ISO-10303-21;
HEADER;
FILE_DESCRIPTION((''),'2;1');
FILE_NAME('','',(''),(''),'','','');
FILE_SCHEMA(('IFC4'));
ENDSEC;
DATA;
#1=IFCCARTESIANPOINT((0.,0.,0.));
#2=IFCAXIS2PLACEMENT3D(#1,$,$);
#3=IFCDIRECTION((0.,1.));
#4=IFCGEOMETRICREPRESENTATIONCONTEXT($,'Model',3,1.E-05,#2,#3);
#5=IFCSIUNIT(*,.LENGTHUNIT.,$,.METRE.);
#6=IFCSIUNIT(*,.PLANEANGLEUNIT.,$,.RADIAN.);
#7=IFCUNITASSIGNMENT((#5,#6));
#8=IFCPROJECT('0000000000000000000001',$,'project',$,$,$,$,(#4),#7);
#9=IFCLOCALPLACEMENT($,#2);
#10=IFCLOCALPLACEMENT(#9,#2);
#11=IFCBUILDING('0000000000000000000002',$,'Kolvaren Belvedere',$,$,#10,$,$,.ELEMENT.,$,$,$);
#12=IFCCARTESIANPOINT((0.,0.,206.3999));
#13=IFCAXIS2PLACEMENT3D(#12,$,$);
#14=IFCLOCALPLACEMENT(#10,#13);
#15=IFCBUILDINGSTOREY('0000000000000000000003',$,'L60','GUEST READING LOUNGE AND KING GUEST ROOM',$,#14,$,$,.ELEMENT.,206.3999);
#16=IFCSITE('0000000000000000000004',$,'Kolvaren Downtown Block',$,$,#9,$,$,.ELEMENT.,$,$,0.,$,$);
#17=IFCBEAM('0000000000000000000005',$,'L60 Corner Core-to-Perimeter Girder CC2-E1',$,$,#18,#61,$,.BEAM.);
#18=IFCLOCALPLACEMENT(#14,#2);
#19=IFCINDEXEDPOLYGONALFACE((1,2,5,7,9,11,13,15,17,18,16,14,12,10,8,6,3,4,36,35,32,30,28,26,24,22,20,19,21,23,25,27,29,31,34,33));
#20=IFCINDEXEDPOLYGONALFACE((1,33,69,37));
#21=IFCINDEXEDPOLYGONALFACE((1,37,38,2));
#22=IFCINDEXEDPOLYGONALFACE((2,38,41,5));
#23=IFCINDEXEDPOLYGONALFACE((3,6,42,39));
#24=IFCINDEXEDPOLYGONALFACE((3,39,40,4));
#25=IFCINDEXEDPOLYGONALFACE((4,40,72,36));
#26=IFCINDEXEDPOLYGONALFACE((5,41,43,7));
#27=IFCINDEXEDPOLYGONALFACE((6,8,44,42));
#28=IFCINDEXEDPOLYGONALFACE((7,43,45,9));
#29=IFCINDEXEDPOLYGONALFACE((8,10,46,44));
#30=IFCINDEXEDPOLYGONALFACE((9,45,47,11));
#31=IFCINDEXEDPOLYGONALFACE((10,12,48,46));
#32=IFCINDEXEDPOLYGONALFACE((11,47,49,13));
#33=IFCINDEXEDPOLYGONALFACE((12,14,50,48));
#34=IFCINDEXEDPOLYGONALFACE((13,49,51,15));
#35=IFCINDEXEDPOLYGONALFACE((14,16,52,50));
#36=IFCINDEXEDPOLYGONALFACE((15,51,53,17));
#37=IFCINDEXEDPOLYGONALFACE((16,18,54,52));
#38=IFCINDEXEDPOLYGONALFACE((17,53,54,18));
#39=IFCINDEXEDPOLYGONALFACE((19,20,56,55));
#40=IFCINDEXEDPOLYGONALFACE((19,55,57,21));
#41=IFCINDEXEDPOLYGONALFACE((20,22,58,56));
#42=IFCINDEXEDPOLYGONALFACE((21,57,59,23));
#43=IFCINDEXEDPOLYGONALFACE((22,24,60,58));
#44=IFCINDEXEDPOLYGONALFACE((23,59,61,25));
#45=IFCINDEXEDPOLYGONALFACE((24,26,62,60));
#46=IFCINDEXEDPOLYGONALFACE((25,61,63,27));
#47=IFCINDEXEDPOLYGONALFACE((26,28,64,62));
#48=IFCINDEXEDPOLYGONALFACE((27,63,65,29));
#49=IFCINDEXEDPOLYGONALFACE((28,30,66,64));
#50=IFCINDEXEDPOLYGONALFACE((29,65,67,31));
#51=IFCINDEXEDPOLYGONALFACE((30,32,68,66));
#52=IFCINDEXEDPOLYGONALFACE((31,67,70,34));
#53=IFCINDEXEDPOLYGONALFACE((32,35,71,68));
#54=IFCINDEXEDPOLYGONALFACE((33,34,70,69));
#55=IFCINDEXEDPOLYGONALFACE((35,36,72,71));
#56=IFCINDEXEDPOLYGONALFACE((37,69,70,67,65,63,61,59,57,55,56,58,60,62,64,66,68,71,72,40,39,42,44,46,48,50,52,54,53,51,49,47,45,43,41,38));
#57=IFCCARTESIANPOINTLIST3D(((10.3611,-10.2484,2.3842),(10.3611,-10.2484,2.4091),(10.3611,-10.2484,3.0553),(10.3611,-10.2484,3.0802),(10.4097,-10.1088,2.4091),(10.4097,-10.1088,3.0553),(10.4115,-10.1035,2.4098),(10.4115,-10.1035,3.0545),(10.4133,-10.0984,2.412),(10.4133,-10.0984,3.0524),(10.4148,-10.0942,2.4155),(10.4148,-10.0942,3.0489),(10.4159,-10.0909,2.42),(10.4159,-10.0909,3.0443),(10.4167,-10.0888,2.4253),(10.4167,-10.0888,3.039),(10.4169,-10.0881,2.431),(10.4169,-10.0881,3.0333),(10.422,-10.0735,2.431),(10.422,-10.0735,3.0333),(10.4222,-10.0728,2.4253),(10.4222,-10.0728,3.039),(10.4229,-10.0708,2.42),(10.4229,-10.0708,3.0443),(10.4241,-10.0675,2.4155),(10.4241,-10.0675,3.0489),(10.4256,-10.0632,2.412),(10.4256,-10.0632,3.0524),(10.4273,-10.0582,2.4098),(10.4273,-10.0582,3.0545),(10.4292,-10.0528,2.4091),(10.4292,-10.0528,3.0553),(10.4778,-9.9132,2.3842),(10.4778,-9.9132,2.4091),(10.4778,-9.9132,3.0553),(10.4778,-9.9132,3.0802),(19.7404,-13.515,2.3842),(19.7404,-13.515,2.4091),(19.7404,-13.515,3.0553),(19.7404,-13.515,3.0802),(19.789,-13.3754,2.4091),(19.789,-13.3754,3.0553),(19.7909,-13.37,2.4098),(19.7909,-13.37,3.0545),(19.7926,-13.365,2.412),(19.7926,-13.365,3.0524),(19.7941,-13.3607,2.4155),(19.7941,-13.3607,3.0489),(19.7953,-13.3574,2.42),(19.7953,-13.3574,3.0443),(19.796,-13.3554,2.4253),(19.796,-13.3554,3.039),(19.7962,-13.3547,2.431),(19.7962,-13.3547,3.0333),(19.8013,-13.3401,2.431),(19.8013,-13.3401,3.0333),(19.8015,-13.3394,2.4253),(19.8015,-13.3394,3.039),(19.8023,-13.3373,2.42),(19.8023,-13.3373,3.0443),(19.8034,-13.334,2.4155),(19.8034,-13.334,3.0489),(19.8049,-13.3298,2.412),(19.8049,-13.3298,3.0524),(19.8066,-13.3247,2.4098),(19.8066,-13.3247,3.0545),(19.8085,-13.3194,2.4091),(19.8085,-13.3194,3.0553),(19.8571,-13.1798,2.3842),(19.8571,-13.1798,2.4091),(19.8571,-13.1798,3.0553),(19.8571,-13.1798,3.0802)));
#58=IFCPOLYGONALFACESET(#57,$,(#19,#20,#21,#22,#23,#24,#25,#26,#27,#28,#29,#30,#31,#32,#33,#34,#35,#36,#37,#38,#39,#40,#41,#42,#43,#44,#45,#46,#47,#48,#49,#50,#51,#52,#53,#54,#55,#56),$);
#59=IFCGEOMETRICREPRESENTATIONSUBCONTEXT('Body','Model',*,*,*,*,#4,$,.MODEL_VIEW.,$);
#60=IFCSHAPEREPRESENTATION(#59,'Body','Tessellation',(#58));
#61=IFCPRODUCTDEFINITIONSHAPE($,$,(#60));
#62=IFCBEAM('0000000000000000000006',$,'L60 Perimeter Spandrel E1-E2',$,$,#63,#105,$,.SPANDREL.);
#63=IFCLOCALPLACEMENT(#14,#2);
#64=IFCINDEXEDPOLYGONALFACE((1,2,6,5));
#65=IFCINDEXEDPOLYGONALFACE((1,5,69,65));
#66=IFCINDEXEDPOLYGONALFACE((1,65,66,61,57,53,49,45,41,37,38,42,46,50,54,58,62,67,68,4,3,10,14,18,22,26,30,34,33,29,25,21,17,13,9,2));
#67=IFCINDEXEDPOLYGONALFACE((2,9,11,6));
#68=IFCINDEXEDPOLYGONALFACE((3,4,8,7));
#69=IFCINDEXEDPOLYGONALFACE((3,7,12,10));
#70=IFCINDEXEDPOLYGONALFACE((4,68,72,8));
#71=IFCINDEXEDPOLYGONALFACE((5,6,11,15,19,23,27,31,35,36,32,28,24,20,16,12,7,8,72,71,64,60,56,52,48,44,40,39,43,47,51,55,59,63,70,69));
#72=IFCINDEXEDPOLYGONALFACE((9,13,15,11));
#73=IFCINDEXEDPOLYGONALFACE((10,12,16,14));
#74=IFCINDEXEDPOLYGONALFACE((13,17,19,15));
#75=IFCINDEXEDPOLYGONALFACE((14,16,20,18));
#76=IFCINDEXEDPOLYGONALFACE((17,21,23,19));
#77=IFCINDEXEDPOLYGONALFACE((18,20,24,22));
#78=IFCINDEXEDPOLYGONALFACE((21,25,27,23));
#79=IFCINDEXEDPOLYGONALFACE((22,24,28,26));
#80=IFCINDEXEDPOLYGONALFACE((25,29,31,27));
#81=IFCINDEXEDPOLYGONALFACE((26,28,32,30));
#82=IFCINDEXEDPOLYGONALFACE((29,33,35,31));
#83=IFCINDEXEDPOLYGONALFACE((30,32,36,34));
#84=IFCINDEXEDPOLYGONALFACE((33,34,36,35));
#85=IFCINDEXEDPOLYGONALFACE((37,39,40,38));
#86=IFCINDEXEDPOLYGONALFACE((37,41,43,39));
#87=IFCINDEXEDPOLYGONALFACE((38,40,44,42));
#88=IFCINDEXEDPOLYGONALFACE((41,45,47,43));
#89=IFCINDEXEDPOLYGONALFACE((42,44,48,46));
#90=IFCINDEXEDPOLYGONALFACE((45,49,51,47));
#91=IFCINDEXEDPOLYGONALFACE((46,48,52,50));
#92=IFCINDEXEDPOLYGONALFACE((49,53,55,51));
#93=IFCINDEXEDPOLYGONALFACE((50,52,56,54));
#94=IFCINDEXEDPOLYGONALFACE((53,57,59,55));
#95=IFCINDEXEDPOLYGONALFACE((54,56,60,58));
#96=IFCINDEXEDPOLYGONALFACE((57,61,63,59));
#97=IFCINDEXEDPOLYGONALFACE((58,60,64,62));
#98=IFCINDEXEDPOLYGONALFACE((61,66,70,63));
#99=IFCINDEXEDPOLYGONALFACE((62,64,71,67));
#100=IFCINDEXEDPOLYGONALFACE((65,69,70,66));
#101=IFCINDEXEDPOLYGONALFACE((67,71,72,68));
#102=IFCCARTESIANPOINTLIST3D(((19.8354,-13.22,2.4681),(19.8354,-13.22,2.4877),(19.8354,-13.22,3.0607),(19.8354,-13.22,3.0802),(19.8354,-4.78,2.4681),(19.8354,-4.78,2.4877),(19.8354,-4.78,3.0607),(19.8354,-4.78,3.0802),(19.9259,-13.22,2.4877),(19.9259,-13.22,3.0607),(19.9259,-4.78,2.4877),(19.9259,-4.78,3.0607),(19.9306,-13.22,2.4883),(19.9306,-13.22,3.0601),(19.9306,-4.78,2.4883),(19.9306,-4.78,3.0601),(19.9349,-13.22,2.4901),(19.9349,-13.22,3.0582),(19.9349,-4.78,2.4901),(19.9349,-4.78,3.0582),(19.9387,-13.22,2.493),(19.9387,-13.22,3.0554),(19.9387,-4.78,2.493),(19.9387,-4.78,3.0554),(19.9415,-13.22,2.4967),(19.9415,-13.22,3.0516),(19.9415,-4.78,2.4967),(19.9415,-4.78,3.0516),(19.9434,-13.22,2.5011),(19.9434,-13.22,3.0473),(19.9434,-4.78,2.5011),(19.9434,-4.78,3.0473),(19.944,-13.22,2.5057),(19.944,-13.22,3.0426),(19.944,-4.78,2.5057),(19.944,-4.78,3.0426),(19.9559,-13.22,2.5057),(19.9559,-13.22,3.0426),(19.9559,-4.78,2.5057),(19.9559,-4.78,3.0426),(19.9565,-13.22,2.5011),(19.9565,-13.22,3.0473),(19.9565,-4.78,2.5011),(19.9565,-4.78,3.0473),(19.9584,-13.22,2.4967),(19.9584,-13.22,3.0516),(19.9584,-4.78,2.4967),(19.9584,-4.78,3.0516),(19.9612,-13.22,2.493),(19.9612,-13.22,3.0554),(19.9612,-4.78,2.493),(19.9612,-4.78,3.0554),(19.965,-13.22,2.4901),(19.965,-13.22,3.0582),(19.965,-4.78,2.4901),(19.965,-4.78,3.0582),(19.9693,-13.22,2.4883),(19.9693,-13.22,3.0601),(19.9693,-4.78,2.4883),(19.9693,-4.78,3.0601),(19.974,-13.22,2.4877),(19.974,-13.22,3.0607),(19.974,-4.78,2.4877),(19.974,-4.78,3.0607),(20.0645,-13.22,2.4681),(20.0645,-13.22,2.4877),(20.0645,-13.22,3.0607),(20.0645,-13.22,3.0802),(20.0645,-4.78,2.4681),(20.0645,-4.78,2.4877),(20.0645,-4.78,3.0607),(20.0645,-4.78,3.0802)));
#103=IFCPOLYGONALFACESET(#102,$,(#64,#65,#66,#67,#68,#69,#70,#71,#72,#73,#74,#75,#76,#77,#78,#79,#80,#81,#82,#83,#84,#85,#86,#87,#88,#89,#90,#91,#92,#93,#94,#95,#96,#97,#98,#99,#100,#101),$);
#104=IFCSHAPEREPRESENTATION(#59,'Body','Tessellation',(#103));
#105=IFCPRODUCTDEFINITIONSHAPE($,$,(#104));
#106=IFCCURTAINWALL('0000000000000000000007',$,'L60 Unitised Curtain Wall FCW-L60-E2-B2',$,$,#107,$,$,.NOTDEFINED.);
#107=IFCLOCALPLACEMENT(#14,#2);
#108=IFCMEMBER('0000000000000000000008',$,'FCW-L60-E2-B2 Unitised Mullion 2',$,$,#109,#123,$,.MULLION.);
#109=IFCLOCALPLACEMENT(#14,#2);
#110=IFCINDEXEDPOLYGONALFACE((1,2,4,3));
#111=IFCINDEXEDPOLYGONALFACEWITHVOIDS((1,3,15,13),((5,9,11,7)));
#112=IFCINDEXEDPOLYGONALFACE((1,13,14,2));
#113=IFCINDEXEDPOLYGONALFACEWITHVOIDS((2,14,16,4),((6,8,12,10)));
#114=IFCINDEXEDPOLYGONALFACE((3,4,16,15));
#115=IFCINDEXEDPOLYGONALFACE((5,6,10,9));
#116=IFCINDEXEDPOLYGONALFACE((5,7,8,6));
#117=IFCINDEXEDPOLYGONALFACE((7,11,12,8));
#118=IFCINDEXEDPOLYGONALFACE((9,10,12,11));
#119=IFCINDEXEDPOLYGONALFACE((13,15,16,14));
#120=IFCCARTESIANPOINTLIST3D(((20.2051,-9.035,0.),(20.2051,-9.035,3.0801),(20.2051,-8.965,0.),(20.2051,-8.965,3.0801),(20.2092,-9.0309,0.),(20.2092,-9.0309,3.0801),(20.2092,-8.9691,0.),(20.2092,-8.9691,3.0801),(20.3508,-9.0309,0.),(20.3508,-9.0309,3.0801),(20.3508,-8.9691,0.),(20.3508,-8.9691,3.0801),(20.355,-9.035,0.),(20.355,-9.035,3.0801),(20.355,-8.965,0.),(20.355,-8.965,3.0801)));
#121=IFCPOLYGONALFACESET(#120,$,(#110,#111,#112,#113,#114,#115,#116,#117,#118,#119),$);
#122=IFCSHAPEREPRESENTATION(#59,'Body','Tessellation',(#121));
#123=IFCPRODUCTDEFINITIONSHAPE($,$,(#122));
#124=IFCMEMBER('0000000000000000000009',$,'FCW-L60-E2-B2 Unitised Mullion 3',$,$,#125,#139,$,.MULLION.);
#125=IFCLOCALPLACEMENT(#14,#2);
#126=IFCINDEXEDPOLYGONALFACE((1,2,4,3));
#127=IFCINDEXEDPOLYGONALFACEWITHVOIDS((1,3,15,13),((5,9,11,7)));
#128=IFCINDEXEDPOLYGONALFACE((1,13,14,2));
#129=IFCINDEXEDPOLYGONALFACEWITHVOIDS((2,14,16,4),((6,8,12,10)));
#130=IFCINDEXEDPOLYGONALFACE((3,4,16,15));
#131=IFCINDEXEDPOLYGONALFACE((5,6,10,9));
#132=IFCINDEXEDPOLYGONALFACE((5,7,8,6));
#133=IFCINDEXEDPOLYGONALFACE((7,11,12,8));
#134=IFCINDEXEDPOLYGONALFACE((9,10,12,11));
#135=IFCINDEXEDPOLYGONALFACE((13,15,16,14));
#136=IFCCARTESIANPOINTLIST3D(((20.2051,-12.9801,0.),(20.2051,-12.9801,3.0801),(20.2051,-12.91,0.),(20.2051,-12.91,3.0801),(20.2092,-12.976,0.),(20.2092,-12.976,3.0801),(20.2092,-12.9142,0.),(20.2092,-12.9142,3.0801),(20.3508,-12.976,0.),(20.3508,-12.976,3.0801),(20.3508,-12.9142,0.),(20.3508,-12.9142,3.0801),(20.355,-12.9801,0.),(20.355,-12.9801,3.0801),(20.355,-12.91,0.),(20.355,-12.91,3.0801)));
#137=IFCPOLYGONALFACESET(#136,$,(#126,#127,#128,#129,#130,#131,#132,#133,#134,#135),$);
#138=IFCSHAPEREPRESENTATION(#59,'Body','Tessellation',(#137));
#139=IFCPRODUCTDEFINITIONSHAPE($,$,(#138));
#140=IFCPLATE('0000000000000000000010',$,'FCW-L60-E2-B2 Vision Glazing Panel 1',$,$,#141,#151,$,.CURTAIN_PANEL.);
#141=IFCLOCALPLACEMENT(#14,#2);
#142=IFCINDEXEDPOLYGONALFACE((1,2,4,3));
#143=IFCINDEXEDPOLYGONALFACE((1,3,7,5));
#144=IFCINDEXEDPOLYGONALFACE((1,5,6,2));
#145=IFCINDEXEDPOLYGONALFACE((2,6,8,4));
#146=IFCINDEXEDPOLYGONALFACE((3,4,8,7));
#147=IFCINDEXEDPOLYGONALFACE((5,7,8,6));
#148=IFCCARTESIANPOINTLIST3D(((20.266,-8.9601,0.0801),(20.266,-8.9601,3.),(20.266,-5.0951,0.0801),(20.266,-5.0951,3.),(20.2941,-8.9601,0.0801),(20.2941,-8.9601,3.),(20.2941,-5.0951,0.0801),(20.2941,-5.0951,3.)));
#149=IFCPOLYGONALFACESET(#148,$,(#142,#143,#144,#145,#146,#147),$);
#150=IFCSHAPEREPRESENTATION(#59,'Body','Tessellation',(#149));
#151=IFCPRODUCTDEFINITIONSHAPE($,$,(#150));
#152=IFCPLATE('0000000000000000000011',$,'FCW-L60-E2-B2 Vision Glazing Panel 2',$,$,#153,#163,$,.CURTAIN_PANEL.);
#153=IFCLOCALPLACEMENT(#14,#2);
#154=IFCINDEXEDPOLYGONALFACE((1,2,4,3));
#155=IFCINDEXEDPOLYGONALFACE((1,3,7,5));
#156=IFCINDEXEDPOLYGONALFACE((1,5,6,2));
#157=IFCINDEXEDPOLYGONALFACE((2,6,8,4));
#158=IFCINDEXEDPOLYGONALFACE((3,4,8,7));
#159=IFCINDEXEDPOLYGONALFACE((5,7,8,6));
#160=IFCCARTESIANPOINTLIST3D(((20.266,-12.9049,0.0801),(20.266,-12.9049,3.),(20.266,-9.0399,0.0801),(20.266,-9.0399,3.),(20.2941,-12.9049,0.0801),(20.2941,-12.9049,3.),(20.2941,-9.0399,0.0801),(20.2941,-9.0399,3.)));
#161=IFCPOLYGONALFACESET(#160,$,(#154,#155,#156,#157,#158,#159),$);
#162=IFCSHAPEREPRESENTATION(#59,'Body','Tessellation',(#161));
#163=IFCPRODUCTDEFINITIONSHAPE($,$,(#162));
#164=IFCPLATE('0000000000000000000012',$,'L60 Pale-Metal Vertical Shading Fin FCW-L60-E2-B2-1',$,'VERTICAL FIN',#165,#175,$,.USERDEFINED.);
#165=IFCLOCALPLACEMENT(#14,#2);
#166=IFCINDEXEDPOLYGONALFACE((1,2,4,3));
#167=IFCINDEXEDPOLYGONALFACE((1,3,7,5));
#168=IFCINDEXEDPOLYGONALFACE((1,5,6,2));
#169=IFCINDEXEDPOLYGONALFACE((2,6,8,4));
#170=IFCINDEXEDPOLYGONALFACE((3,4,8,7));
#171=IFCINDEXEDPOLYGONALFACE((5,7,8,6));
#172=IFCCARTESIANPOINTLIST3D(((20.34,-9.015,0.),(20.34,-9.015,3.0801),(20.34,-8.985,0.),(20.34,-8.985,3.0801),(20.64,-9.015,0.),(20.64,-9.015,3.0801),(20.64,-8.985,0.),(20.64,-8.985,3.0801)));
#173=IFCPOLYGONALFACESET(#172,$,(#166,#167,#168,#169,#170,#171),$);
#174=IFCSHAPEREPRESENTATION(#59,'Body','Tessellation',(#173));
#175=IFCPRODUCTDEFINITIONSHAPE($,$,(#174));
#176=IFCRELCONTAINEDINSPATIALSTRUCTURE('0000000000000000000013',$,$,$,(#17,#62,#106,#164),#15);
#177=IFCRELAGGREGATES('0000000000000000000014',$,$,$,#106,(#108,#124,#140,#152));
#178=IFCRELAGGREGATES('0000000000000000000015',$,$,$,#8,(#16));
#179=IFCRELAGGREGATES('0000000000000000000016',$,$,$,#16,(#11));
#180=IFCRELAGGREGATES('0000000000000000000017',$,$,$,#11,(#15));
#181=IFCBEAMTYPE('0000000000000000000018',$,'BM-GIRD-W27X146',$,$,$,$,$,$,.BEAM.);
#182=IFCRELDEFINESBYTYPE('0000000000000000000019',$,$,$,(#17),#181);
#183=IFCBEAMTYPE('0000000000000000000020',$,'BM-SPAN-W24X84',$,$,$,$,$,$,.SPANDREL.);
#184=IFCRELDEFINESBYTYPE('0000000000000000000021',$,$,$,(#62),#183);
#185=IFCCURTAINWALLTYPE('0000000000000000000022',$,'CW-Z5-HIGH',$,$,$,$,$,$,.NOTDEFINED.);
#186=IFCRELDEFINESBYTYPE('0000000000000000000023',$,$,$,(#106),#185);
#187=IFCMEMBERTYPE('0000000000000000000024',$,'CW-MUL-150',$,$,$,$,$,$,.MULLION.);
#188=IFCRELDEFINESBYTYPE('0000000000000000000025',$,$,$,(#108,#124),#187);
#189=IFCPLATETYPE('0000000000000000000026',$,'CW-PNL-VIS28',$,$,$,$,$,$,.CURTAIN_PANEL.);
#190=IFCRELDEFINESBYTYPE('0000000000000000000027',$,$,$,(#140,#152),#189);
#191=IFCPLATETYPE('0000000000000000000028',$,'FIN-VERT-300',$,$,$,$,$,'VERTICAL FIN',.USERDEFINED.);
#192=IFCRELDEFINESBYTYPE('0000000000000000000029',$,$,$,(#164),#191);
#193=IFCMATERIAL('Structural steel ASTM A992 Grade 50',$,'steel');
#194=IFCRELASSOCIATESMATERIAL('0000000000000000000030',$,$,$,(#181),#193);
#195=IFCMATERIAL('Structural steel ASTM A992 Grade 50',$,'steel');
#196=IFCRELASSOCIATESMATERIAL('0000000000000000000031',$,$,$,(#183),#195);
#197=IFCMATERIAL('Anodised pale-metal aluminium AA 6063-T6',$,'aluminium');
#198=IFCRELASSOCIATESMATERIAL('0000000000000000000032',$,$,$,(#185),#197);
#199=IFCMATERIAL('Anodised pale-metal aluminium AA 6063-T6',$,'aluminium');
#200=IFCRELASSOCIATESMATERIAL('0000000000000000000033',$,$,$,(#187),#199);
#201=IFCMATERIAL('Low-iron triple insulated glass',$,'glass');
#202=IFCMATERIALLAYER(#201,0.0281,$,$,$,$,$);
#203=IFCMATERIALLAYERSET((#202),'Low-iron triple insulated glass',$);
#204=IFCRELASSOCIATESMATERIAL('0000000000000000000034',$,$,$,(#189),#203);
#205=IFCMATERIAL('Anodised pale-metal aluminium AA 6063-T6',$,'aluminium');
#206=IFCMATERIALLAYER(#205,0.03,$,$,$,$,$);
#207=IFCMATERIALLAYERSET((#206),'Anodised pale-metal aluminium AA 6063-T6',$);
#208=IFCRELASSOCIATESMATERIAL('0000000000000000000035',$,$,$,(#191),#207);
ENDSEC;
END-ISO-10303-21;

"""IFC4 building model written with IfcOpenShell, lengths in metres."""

from ifc_helpers import new_model, si_unit, direction, frame, origin, origin_2d, place, context, subcontext, project, spatial, rectangle, hollow_rectangle, i_section, extrude, material, layer, layer_set, material_profile, profile_set, type_object, element, aggregate, save


model = new_model("IFC4")

# Units and contexts
model_context = context("Model", 3, precision=1e-05, world=origin(), true_north=direction((0.0, 1.0)))
body_context = subcontext(model_context, "Body", "Model", "MODEL_VIEW")
ifc_project = project(units=[si_unit("LENGTHUNIT", "METRE"), si_unit("PLANEANGLEUNIT", "RADIAN")], contexts=[model_context])

# Site, building, storey
site_placement = place(None, origin())
site = spatial("IfcSite", under=ifc_project, at=site_placement, Name="Kolvaren Downtown Block", CompositionType="ELEMENT", RefElevation=0.0)
building_placement = place(site_placement, origin())
building = spatial("IfcBuilding", under=site, at=building_placement, Name="Kolvaren Belvedere", CompositionType="ELEMENT")
storey_placement = place(building_placement, frame((0.0, 0.0, 206.3999)))
storey = spatial("IfcBuildingStorey", under=building, at=storey_placement, Name="L60", Description="GUEST READING LOUNGE AND KING GUEST ROOM", CompositionType="ELEMENT", Elevation=206.3999)

# Beams
ifc_material_1 = material(Name="Structural steel ASTM A992 Grade 50", Category="steel")
ifc_material_profile_1 = material_profile(ifc_material_1, i_section(OverallWidth=0.355, OverallDepth=0.696, WebThickness=0.0154, FlangeThickness=0.0249, FilletRadius=0.022, at=origin_2d()), Name="W27X146")
ifc_profile_set_1 = profile_set([ifc_material_profile_1], Name="Structural steel ASTM A992 Grade 50")
beam_type_1 = type_object("IfcBeamType", Name="BM-GIRD-W27X146", PredefinedType="BEAM", material=ifc_profile_set_1)
beam_1_placement = place(storey_placement, frame((10.4194, -10.0808, 2.7322), z_axis=(0.944365, -0.328898, 0.0), x_axis=(0.328898, 0.944365, 0.0)))
element("IfcBeam", 1, at=beam_1_placement, inside=storey, type_object=beam_type_1, Name="L60 Corner Core-to-Perimeter Girder CC2-E1", PredefinedType="BEAM", context=body_context, shape_type="SweptSolid", body=[
    extrude(i_section(OverallWidth=0.355, OverallDepth=0.696, WebThickness=0.0154, FlangeThickness=0.0249, FilletRadius=0.022, at=origin_2d()), origin(), (0.0, 0.0, 1.0), 9.9319),
])
ifc_material_2 = material(Name="Structural steel ASTM A992 Grade 50", Category="steel")
ifc_material_profile_2 = material_profile(ifc_material_2, i_section(OverallWidth=0.229, OverallDepth=0.6121, WebThickness=0.012, FlangeThickness=0.0195, FilletRadius=0.0181, at=origin_2d()), Name="W24X84")
ifc_profile_set_2 = profile_set([ifc_material_profile_2], Name="Structural steel ASTM A992 Grade 50")
beam_type_2 = type_object("IfcBeamType", Name="BM-SPAN-W24X84", PredefinedType="SPANDREL", material=ifc_profile_set_2)
beam_2_placement = place(storey_placement, frame((19.95, -13.22, 2.7742), z_axis=(0.0, 1.0, 0.0), x_axis=(-1.0, 0.0, 0.0)))
element("IfcBeam", 2, at=beam_2_placement, inside=storey, type_object=beam_type_2, Name="L60 Perimeter Spandrel E1-E2", PredefinedType="SPANDREL", context=body_context, shape_type="SweptSolid", body=[
    extrude(i_section(OverallWidth=0.229, OverallDepth=0.6121, WebThickness=0.012, FlangeThickness=0.0195, FilletRadius=0.0181, at=origin_2d()), origin(), (0.0, 0.0, 1.0), 8.4399),
])

# Curtain wall, members, plates
ifc_material_3 = material(Name="Anodised pale-metal aluminium AA 6063-T6", Category="aluminium")
curtain_wall_type = type_object("IfcCurtainWallType", Name="CW-Z5-HIGH", PredefinedType="NOTDEFINED", material=ifc_material_3)
curtain_wall_placement = place(storey_placement, origin())
curtain_wall = element("IfcCurtainWall", 3, at=curtain_wall_placement, inside=storey, type_object=curtain_wall_type, Name="L60 Unitised Curtain Wall FCW-L60-E2-B2", PredefinedType="NOTDEFINED")
ifc_material_4 = material(Name="Anodised pale-metal aluminium AA 6063-T6", Category="aluminium")
ifc_material_profile_3 = material_profile(ifc_material_4, hollow_rectangle(XDim=0.0701, YDim=0.1499, WallThickness=0.0042, at=origin_2d()), Name="ALU-MUL-150X70")
ifc_profile_set_3 = profile_set([ifc_material_profile_3], Name="Anodised pale-metal aluminium AA 6063-T6")
member_type = type_object("IfcMemberType", Name="CW-MUL-150", PredefinedType="MULLION", material=ifc_profile_set_3)
member_1_placement = place(storey_placement, frame((20.28, -9.0, 0.0), z_axis=(0.0, 0.0, 1.0), x_axis=(0.0, 1.0, 0.0)))
member_1 = element("IfcMember", 4, at=member_1_placement, type_object=member_type, Name="FCW-L60-E2-B2 Unitised Mullion 2", PredefinedType="MULLION", context=body_context, shape_type="SweptSolid", body=[
    extrude(hollow_rectangle(XDim=0.0701, YDim=0.1499, WallThickness=0.0042, at=origin_2d()), origin(), (0.0, 0.0, 1.0), 3.0801),
])
member_2_placement = place(storey_placement, frame((20.28, -12.9451, 0.0), z_axis=(0.0, 0.0, 1.0), x_axis=(0.0, 1.0, 0.0)))
member_2 = element("IfcMember", 5, at=member_2_placement, type_object=member_type, Name="FCW-L60-E2-B2 Unitised Mullion 3", PredefinedType="MULLION", context=body_context, shape_type="SweptSolid", body=[
    extrude(hollow_rectangle(XDim=0.0701, YDim=0.1499, WallThickness=0.0042, at=origin_2d()), origin(), (0.0, 0.0, 1.0), 3.0801),
])
ifc_material_5 = material(Name="Low-iron triple insulated glass", Category="glass")
ifc_layer_1 = layer(ifc_material_5, 0.0281)
ifc_layer_set_1 = layer_set([ifc_layer_1], Name="Low-iron triple insulated glass")
plate_type_1 = type_object("IfcPlateType", Name="CW-PNL-VIS28", PredefinedType="CURTAIN_PANEL", material=ifc_layer_set_1)
plate_1_placement = place(storey_placement, frame((20.28, -7.0276, 0.0801), z_axis=(0.0, 0.0, 1.0), x_axis=(0.0, -1.0, 0.0)))
plate_1 = element("IfcPlate", 6, at=plate_1_placement, type_object=plate_type_1, Name="FCW-L60-E2-B2 Vision Glazing Panel 1", PredefinedType="CURTAIN_PANEL", context=body_context, shape_type="SweptSolid", body=[
    extrude(rectangle(XDim=3.865, YDim=0.0281, at=origin_2d()), origin(), (0.0, 0.0, 1.0), 2.9199),
])
plate_2_placement = place(storey_placement, frame((20.28, -10.9724, 0.0801), z_axis=(0.0, 0.0, 1.0), x_axis=(0.0, -1.0, 0.0)))
plate_2 = element("IfcPlate", 7, at=plate_2_placement, type_object=plate_type_1, Name="FCW-L60-E2-B2 Vision Glazing Panel 2", PredefinedType="CURTAIN_PANEL", context=body_context, shape_type="SweptSolid", body=[
    extrude(rectangle(XDim=3.865, YDim=0.0281, at=origin_2d()), origin(), (0.0, 0.0, 1.0), 2.9199),
])
aggregate(curtain_wall, [member_1, member_2, plate_1, plate_2])

# Plate
ifc_material_6 = material(Name="Anodised pale-metal aluminium AA 6063-T6", Category="aluminium")
ifc_layer_2 = layer(ifc_material_6, 0.03)
ifc_layer_set_2 = layer_set([ifc_layer_2], Name="Anodised pale-metal aluminium AA 6063-T6")
plate_type_2 = type_object("IfcPlateType", Name="FIN-VERT-300", ElementType="VERTICAL FIN", PredefinedType="USERDEFINED", material=ifc_layer_set_2)
plate_3_placement = place(storey_placement, frame((20.49, -9.0, 0.0), z_axis=(0.0, 0.0, 1.0), x_axis=(1.0, 0.0, 0.0)))
element("IfcPlate", 8, at=plate_3_placement, inside=storey, type_object=plate_type_2, Name="L60 Pale-Metal Vertical Shading Fin FCW-L60-E2-B2-1", ObjectType="VERTICAL FIN", PredefinedType="USERDEFINED", context=body_context, shape_type="SweptSolid", body=[
    extrude(rectangle(XDim=0.3, YDim=0.03, at=origin_2d()), origin(), (0.0, 0.0, 1.0), 3.0801),
])

save(model, "model.ifc")
